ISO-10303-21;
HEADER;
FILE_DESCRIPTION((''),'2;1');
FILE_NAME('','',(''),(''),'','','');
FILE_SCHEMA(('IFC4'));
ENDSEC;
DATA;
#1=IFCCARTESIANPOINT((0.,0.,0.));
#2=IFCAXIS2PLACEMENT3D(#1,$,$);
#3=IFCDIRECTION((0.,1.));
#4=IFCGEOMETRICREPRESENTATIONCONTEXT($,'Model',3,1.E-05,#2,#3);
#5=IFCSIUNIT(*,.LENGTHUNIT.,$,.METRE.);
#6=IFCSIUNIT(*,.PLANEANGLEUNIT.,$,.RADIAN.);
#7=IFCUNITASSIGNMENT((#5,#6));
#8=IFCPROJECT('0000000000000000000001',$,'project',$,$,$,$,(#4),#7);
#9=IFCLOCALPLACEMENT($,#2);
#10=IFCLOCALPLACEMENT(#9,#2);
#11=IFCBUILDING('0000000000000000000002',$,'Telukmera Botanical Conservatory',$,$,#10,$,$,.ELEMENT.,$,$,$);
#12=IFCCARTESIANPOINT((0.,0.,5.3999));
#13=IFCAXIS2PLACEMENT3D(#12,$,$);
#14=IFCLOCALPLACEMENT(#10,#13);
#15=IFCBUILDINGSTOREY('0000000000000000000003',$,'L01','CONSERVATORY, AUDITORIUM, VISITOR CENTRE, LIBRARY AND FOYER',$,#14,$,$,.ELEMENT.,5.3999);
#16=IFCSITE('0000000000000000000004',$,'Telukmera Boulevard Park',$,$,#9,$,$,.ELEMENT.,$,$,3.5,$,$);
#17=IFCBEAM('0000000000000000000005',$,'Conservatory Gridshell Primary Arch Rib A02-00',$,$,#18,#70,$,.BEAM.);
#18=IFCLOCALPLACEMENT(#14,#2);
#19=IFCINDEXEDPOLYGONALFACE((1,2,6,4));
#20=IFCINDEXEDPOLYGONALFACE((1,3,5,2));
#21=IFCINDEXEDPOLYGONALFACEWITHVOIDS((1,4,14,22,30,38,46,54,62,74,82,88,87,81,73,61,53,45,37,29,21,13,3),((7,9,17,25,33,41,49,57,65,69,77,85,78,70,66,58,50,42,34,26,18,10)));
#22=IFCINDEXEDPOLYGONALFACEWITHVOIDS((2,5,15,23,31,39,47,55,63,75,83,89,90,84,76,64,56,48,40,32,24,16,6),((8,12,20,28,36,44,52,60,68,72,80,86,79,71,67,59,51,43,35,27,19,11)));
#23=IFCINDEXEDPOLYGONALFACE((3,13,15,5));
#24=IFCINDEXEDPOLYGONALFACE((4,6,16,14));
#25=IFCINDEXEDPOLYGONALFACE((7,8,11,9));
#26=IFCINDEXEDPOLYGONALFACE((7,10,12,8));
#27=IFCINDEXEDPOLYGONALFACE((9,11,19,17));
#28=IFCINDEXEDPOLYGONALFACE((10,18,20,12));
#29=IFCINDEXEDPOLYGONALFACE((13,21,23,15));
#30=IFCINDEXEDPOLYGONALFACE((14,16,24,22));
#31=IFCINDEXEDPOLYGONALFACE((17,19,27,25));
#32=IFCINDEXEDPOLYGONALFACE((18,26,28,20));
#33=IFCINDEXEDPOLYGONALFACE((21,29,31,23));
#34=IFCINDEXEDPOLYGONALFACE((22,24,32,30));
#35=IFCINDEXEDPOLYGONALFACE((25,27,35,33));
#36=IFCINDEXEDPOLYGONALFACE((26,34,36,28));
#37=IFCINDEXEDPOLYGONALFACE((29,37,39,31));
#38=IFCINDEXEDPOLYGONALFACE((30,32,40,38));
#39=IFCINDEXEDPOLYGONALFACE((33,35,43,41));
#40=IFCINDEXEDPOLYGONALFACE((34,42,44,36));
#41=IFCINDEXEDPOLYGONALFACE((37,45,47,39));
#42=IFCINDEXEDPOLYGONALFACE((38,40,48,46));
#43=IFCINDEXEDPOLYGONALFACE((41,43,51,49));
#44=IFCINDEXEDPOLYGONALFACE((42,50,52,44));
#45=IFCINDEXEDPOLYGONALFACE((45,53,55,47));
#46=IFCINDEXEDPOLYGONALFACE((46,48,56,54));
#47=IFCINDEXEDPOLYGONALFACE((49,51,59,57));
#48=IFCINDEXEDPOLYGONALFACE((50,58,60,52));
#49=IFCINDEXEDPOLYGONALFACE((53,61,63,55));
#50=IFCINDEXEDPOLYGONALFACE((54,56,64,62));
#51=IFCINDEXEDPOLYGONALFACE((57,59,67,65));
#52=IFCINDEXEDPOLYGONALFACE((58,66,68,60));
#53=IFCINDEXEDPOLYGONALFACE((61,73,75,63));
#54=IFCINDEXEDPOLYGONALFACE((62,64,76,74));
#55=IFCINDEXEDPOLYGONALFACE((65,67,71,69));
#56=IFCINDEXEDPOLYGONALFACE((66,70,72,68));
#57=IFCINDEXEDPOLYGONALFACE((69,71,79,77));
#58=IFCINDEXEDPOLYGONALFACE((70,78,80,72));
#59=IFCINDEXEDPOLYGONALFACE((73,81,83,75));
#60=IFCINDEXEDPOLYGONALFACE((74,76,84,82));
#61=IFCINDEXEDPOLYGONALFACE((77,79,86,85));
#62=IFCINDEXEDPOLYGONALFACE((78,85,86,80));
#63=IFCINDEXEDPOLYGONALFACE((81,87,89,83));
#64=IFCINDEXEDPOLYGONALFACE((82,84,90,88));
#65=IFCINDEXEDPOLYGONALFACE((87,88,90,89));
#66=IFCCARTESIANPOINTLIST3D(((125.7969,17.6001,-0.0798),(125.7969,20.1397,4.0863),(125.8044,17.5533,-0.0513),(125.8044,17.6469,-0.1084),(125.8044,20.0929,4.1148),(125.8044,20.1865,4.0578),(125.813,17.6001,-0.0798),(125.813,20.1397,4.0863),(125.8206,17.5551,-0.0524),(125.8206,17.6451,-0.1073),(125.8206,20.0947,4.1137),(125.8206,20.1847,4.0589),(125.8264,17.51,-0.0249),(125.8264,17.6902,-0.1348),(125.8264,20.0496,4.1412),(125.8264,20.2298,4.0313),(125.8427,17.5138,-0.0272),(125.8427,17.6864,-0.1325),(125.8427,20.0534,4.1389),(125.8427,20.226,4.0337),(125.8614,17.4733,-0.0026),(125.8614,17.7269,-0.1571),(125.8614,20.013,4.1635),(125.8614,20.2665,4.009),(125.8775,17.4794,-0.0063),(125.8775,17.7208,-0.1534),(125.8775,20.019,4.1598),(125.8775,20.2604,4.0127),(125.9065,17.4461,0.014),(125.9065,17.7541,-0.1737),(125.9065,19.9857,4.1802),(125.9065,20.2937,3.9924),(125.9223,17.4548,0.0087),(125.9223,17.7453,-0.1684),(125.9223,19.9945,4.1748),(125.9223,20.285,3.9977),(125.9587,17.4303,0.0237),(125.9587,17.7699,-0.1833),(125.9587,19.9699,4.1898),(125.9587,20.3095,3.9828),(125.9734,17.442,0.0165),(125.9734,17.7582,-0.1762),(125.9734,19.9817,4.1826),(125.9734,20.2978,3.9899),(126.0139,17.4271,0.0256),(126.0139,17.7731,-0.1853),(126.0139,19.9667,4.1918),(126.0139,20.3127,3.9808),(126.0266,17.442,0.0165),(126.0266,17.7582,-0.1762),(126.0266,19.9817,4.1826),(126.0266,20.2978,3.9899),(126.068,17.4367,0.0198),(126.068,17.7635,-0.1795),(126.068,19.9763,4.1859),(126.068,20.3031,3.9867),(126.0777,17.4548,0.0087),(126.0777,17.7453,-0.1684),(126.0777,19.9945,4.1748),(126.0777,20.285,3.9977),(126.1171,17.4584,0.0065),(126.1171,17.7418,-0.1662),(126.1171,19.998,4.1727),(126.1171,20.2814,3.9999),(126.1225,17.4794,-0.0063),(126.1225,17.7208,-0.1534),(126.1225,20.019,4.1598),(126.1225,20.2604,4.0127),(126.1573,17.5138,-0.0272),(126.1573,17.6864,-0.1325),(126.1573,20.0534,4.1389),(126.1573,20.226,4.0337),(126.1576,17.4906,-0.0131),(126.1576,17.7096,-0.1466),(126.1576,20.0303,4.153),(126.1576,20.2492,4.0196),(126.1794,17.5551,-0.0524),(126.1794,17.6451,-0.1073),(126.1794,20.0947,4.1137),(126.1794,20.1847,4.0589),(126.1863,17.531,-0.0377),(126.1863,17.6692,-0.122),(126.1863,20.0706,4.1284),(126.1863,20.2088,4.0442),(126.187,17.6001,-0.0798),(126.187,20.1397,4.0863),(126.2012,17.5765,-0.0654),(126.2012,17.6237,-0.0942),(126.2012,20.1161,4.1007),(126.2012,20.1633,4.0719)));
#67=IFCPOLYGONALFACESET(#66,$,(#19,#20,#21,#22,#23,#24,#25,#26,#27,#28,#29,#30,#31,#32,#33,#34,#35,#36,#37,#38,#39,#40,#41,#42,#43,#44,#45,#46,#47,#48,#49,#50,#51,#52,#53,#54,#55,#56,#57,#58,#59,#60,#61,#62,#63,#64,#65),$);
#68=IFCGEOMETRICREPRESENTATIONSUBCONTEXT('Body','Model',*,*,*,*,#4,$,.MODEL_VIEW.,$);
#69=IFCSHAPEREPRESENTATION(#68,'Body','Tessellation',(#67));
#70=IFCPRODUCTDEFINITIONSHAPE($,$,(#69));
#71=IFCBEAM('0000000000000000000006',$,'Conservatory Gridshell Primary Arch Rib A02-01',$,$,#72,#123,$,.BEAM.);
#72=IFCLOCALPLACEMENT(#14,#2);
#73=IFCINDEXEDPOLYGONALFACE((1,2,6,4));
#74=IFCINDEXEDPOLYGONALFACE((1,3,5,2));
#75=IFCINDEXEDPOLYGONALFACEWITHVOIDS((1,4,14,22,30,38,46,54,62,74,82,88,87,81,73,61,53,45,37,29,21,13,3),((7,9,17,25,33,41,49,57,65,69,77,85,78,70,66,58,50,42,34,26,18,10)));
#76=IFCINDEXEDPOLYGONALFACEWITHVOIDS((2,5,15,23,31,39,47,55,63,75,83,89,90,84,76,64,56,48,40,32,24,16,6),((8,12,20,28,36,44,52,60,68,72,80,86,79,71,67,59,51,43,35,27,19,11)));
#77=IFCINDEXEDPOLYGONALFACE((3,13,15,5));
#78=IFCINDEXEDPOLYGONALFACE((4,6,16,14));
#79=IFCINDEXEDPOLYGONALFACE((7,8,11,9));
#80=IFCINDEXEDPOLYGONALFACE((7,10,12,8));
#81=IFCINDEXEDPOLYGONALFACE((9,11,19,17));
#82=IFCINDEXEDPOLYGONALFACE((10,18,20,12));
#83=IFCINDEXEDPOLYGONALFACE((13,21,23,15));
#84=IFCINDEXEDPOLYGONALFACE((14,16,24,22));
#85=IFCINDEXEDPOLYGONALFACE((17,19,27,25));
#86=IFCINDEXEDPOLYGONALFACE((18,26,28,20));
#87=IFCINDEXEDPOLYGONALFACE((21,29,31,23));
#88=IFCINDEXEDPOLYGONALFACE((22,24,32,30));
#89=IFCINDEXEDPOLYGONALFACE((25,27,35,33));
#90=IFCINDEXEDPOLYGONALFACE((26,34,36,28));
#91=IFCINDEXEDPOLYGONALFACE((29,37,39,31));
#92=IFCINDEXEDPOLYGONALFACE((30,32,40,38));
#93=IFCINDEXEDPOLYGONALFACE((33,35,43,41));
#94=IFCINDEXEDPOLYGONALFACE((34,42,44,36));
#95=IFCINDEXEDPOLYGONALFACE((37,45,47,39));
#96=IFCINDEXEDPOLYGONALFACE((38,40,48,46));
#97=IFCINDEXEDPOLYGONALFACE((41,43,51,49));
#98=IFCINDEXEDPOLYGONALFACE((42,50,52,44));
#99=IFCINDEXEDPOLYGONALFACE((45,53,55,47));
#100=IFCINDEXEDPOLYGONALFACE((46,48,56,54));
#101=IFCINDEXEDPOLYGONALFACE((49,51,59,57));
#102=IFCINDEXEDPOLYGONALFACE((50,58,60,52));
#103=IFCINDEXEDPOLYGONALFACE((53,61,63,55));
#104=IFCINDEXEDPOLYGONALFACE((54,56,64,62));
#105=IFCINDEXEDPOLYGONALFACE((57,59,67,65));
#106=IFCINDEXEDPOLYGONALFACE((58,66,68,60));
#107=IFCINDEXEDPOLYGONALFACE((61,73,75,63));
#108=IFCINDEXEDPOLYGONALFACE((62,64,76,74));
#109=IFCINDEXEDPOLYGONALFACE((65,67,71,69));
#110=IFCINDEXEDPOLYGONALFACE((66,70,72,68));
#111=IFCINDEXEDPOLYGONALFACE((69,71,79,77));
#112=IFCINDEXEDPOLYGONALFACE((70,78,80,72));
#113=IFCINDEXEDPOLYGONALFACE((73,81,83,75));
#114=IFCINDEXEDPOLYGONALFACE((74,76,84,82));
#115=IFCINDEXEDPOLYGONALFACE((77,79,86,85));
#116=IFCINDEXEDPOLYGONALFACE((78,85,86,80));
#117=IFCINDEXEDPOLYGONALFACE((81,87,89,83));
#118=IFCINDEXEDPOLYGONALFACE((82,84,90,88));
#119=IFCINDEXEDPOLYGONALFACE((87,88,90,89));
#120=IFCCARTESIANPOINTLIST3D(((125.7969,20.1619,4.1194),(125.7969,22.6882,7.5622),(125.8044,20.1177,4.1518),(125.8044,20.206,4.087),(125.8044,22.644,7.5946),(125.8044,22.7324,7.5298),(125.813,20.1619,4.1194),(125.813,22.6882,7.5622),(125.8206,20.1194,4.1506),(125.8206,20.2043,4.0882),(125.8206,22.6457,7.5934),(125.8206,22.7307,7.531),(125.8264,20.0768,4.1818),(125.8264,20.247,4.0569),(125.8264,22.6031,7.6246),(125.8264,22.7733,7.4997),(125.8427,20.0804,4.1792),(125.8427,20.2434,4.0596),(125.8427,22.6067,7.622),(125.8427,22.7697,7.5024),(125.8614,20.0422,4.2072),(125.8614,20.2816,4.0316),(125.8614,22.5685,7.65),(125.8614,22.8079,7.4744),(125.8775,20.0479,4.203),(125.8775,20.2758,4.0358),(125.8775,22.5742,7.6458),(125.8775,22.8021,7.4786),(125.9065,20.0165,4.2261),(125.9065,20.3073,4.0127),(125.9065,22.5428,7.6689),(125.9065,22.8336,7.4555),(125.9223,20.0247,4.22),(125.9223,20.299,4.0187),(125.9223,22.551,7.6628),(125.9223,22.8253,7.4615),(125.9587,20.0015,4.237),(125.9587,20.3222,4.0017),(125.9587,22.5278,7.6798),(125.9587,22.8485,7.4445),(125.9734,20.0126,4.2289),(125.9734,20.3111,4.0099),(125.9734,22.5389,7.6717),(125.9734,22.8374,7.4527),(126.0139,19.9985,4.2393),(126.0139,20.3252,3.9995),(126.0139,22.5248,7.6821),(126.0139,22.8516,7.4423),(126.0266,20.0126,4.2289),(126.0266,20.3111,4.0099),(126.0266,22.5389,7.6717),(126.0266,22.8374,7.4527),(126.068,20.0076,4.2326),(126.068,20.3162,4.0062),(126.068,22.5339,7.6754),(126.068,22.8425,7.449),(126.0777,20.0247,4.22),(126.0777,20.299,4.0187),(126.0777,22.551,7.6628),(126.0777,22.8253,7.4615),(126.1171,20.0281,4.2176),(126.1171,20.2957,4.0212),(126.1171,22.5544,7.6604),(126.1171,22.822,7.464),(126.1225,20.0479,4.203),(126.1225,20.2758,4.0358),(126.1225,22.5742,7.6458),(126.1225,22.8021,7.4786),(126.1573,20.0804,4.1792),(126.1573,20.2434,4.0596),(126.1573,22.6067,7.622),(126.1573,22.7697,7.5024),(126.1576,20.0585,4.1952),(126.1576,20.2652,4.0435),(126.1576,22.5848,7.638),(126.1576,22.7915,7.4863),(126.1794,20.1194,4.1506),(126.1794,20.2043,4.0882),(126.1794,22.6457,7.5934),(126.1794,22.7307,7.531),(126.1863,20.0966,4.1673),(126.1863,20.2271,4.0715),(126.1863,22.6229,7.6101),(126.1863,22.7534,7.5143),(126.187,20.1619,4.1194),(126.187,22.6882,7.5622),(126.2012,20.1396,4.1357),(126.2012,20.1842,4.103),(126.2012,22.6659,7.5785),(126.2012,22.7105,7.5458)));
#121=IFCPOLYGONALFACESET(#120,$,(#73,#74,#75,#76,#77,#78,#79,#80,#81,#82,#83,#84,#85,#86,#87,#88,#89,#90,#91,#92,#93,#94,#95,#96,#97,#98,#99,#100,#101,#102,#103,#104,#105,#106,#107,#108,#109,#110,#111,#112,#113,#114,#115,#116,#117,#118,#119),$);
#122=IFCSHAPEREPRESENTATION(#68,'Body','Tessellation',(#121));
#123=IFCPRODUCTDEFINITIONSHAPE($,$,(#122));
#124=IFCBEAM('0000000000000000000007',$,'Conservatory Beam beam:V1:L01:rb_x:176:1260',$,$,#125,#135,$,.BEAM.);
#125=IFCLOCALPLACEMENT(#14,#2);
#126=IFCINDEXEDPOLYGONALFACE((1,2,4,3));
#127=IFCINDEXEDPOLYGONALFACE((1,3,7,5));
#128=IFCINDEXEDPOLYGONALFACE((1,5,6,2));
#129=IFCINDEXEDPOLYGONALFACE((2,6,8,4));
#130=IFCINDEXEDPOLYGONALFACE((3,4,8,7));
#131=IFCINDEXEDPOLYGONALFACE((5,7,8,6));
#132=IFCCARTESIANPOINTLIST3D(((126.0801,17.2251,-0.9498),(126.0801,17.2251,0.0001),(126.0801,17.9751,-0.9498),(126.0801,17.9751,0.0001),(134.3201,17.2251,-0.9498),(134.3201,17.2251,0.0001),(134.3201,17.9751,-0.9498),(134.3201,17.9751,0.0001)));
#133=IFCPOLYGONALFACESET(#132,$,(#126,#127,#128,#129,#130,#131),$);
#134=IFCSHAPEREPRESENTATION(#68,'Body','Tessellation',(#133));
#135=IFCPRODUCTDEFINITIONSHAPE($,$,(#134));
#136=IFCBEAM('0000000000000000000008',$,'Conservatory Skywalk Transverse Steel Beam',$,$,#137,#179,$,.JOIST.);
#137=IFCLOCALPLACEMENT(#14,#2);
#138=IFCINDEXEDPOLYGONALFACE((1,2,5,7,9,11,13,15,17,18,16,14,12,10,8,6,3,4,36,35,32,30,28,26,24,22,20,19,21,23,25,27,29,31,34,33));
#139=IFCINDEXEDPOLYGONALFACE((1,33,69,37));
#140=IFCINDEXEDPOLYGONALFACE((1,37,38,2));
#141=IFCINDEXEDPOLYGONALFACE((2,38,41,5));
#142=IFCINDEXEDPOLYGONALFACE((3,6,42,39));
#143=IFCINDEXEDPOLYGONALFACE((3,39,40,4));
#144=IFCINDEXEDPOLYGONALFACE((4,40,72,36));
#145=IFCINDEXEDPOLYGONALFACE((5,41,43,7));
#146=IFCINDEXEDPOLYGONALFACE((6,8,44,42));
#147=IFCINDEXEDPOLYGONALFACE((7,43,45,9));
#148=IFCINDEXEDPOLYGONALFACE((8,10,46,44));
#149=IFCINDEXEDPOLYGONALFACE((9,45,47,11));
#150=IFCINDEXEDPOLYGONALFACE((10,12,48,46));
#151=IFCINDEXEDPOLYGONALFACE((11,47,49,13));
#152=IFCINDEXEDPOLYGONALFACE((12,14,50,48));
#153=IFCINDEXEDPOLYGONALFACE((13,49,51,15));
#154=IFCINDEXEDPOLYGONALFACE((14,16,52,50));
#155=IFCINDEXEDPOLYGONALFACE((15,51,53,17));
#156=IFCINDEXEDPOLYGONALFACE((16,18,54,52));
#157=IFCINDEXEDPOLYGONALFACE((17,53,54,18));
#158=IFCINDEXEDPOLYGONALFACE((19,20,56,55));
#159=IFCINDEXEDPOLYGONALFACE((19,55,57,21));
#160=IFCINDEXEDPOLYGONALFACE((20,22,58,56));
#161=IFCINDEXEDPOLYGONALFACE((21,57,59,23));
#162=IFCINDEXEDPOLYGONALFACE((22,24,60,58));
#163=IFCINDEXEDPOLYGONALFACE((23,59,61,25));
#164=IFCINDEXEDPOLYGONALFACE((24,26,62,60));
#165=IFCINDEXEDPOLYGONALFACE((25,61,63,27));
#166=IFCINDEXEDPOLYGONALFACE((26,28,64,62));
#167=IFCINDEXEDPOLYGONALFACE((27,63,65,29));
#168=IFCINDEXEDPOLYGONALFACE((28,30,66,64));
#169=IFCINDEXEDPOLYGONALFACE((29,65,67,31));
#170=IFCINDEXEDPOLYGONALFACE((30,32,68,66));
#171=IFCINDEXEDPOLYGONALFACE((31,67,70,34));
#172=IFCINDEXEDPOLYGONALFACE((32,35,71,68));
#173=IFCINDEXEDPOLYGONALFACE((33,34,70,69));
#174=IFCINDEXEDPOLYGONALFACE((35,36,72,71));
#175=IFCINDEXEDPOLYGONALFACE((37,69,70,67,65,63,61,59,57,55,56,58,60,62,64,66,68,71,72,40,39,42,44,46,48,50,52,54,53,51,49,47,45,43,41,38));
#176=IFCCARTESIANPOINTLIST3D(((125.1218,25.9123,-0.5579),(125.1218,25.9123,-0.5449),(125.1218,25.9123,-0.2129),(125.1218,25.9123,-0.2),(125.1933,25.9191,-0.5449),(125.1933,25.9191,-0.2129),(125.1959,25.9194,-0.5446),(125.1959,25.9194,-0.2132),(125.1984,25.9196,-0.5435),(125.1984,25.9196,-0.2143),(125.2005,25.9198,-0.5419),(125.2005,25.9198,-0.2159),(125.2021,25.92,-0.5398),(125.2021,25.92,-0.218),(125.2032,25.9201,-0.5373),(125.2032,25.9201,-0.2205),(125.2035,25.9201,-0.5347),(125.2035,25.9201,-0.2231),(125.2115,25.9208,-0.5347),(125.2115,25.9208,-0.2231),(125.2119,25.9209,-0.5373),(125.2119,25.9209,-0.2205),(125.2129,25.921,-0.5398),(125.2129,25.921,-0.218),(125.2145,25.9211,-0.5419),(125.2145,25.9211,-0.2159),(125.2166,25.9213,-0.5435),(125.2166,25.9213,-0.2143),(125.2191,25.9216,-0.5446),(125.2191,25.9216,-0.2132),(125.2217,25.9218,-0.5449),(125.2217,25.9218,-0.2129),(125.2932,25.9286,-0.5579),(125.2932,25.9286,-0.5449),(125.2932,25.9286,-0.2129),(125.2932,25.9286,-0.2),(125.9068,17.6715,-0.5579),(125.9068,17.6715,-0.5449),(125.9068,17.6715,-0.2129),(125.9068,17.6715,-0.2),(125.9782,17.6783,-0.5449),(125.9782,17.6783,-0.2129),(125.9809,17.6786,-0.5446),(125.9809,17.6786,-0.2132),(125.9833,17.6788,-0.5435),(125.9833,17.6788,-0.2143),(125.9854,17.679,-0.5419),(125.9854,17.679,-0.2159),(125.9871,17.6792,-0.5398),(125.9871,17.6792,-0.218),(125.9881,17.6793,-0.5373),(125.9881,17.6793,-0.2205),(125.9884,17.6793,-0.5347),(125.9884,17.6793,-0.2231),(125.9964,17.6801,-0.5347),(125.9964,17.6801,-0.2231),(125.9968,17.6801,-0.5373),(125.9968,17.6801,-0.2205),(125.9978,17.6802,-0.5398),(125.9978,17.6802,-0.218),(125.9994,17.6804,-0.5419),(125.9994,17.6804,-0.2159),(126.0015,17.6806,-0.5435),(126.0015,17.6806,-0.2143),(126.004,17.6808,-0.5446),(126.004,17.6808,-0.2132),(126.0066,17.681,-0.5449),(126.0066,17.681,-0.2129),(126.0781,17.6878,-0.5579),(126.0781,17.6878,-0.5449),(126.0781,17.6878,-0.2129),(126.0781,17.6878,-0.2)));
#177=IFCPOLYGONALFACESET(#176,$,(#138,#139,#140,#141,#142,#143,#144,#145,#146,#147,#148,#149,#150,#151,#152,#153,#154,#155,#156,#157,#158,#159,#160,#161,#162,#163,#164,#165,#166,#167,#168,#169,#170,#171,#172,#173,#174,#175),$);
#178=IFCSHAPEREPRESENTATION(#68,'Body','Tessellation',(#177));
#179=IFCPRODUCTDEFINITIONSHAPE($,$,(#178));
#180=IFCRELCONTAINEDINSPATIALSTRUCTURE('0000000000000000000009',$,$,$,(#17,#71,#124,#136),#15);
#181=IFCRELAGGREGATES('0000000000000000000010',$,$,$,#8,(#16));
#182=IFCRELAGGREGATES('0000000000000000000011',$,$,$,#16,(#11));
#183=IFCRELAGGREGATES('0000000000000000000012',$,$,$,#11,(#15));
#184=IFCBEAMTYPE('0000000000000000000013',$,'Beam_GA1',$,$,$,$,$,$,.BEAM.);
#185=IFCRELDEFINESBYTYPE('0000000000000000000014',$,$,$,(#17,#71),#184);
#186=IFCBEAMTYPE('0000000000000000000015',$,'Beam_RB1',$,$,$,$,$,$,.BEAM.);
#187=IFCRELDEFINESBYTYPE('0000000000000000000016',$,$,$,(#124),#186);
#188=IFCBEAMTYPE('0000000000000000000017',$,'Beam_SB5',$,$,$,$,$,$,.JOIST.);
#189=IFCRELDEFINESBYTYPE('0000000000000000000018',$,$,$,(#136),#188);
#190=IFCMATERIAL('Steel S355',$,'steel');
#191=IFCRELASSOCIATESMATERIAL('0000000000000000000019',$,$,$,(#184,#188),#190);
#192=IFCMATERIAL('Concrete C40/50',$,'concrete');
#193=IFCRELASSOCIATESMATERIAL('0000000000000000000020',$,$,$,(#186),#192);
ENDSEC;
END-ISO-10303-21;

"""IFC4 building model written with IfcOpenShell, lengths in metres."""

from ifc_helpers import new_model, si_unit, direction, frame, origin, origin_2d, place, context, subcontext, project, spatial, rectangle, hollow_circle, i_section, extrude, material, material_profile, profile_set, type_object, element, save


model = new_model("IFC4")

# Units and contexts
model_context = context("Model", 3, precision=1e-05, world=origin(), true_north=direction((0.0, 1.0)))
body_context = subcontext(model_context, "Body", "Model", "MODEL_VIEW")
ifc_project = project(units=[si_unit("LENGTHUNIT", "METRE"), si_unit("PLANEANGLEUNIT", "RADIAN")], contexts=[model_context])

# Site, building, storey
site_placement = place(None, origin())
site = spatial("IfcSite", under=ifc_project, at=site_placement, Name="Telukmera Boulevard Park", CompositionType="ELEMENT", RefElevation=3.5)
building_placement = place(site_placement, origin())
building = spatial("IfcBuilding", under=site, at=building_placement, Name="Telukmera Botanical Conservatory", CompositionType="ELEMENT")
storey_placement = place(building_placement, frame((0.0, 0.0, 5.3999)))
storey = spatial("IfcBuildingStorey", under=building, at=storey_placement, Name="L01", Description="CONSERVATORY, AUDITORIUM, VISITOR CENTRE, LIBRARY AND FOYER", CompositionType="ELEMENT", Elevation=5.3999)

# Beams
ifc_material_1 = material(Name="Steel S355", Category="steel")
ifc_material_profile_1 = material_profile(ifc_material_1, hollow_circle(Radius=0.2031, WallThickness=0.0161, at=origin_2d()), Name="CHS 406.4x16.0")
ifc_profile_set_1 = profile_set([ifc_material_profile_1], Name="Steel S355")
beam_type_1 = type_object("IfcBeamType", Name="Beam_GA1", PredefinedType="BEAM", material=ifc_profile_set_1)
beam_1_placement = place(storey_placement, frame((126.0, 17.6001, -0.0798), z_axis=(0.0, 0.520502, 0.85386), x_axis=(-1.0, 0.0, 0.0)))
element("IfcBeam", 1, at=beam_1_placement, inside=storey, type_object=beam_type_1, Name="Conservatory Gridshell Primary Arch Rib A02-00", PredefinedType="BEAM", context=body_context, shape_type="SweptSolid", body=[
    extrude(hollow_circle(Radius=0.2031, WallThickness=0.0161, at=origin_2d()), origin(), (0.0, 0.0, 1.0), 4.8792),
])
beam_2_placement = place(storey_placement, frame((126.0, 20.1619, 4.1194), z_axis=(0.0, 0.591607, 0.806227), x_axis=(-1.0, 0.0, 0.0)))
element("IfcBeam", 2, at=beam_2_placement, inside=storey, type_object=beam_type_1, Name="Conservatory Gridshell Primary Arch Rib A02-01", PredefinedType="BEAM", context=body_context, shape_type="SweptSolid", body=[
    extrude(hollow_circle(Radius=0.2031, WallThickness=0.0161, at=origin_2d()), origin(), (0.0, 0.0, 1.0), 4.2703),
])
ifc_material_2 = material(Name="Concrete C40/50", Category="concrete")
ifc_material_profile_2 = material_profile(ifc_material_2, rectangle(XDim=0.75, YDim=0.95, at=origin_2d()), Name="RC 750x950")
ifc_profile_set_2 = profile_set([ifc_material_profile_2], Name="Concrete C40/50")
beam_type_2 = type_object("IfcBeamType", Name="Beam_RB1", PredefinedType="BEAM", material=ifc_profile_set_2)
beam_3_placement = place(storey_placement, frame((126.0801, 17.6001, -0.4749), z_axis=(1.0, 0.0, 0.0), x_axis=(0.0, 1.0, 0.0)))
element("IfcBeam", 3, at=beam_3_placement, inside=storey, type_object=beam_type_2, Name="Conservatory Beam beam:V1:L01:rb_x:176:1260", PredefinedType="BEAM", context=body_context, shape_type="SweptSolid", body=[
    extrude(rectangle(XDim=0.75, YDim=0.95, at=origin_2d()), origin(), (0.0, 0.0, 1.0), 8.24),
])
ifc_material_profile_3 = material_profile(ifc_material_1, i_section(OverallWidth=0.1721, OverallDepth=0.3579, WebThickness=0.0081, FlangeThickness=0.0129, FilletRadius=0.0103, at=origin_2d()), Name="UB 356x171x57")
ifc_profile_set_3 = profile_set([ifc_material_profile_3], Name="Steel S355")
beam_type_3 = type_object("IfcBeamType", Name="Beam_SB5", PredefinedType="JOIST", material=ifc_profile_set_3)
beam_4_placement = place(storey_placement, frame((125.9924, 17.6797, -0.3789), z_axis=(-0.094819, 0.995495, 0.0), x_axis=(-0.995495, -0.094819, 0.0)))
element("IfcBeam", 4, at=beam_4_placement, inside=storey, type_object=beam_type_3, Name="Conservatory Skywalk Transverse Steel Beam", PredefinedType="JOIST", context=body_context, shape_type="SweptSolid", body=[
    extrude(i_section(OverallWidth=0.1721, OverallDepth=0.3579, WebThickness=0.0081, FlangeThickness=0.0129, FilletRadius=0.0103, at=origin_2d()), origin(), (0.0, 0.0, 1.0), 8.2781),
])

save(model, "model.ifc")
